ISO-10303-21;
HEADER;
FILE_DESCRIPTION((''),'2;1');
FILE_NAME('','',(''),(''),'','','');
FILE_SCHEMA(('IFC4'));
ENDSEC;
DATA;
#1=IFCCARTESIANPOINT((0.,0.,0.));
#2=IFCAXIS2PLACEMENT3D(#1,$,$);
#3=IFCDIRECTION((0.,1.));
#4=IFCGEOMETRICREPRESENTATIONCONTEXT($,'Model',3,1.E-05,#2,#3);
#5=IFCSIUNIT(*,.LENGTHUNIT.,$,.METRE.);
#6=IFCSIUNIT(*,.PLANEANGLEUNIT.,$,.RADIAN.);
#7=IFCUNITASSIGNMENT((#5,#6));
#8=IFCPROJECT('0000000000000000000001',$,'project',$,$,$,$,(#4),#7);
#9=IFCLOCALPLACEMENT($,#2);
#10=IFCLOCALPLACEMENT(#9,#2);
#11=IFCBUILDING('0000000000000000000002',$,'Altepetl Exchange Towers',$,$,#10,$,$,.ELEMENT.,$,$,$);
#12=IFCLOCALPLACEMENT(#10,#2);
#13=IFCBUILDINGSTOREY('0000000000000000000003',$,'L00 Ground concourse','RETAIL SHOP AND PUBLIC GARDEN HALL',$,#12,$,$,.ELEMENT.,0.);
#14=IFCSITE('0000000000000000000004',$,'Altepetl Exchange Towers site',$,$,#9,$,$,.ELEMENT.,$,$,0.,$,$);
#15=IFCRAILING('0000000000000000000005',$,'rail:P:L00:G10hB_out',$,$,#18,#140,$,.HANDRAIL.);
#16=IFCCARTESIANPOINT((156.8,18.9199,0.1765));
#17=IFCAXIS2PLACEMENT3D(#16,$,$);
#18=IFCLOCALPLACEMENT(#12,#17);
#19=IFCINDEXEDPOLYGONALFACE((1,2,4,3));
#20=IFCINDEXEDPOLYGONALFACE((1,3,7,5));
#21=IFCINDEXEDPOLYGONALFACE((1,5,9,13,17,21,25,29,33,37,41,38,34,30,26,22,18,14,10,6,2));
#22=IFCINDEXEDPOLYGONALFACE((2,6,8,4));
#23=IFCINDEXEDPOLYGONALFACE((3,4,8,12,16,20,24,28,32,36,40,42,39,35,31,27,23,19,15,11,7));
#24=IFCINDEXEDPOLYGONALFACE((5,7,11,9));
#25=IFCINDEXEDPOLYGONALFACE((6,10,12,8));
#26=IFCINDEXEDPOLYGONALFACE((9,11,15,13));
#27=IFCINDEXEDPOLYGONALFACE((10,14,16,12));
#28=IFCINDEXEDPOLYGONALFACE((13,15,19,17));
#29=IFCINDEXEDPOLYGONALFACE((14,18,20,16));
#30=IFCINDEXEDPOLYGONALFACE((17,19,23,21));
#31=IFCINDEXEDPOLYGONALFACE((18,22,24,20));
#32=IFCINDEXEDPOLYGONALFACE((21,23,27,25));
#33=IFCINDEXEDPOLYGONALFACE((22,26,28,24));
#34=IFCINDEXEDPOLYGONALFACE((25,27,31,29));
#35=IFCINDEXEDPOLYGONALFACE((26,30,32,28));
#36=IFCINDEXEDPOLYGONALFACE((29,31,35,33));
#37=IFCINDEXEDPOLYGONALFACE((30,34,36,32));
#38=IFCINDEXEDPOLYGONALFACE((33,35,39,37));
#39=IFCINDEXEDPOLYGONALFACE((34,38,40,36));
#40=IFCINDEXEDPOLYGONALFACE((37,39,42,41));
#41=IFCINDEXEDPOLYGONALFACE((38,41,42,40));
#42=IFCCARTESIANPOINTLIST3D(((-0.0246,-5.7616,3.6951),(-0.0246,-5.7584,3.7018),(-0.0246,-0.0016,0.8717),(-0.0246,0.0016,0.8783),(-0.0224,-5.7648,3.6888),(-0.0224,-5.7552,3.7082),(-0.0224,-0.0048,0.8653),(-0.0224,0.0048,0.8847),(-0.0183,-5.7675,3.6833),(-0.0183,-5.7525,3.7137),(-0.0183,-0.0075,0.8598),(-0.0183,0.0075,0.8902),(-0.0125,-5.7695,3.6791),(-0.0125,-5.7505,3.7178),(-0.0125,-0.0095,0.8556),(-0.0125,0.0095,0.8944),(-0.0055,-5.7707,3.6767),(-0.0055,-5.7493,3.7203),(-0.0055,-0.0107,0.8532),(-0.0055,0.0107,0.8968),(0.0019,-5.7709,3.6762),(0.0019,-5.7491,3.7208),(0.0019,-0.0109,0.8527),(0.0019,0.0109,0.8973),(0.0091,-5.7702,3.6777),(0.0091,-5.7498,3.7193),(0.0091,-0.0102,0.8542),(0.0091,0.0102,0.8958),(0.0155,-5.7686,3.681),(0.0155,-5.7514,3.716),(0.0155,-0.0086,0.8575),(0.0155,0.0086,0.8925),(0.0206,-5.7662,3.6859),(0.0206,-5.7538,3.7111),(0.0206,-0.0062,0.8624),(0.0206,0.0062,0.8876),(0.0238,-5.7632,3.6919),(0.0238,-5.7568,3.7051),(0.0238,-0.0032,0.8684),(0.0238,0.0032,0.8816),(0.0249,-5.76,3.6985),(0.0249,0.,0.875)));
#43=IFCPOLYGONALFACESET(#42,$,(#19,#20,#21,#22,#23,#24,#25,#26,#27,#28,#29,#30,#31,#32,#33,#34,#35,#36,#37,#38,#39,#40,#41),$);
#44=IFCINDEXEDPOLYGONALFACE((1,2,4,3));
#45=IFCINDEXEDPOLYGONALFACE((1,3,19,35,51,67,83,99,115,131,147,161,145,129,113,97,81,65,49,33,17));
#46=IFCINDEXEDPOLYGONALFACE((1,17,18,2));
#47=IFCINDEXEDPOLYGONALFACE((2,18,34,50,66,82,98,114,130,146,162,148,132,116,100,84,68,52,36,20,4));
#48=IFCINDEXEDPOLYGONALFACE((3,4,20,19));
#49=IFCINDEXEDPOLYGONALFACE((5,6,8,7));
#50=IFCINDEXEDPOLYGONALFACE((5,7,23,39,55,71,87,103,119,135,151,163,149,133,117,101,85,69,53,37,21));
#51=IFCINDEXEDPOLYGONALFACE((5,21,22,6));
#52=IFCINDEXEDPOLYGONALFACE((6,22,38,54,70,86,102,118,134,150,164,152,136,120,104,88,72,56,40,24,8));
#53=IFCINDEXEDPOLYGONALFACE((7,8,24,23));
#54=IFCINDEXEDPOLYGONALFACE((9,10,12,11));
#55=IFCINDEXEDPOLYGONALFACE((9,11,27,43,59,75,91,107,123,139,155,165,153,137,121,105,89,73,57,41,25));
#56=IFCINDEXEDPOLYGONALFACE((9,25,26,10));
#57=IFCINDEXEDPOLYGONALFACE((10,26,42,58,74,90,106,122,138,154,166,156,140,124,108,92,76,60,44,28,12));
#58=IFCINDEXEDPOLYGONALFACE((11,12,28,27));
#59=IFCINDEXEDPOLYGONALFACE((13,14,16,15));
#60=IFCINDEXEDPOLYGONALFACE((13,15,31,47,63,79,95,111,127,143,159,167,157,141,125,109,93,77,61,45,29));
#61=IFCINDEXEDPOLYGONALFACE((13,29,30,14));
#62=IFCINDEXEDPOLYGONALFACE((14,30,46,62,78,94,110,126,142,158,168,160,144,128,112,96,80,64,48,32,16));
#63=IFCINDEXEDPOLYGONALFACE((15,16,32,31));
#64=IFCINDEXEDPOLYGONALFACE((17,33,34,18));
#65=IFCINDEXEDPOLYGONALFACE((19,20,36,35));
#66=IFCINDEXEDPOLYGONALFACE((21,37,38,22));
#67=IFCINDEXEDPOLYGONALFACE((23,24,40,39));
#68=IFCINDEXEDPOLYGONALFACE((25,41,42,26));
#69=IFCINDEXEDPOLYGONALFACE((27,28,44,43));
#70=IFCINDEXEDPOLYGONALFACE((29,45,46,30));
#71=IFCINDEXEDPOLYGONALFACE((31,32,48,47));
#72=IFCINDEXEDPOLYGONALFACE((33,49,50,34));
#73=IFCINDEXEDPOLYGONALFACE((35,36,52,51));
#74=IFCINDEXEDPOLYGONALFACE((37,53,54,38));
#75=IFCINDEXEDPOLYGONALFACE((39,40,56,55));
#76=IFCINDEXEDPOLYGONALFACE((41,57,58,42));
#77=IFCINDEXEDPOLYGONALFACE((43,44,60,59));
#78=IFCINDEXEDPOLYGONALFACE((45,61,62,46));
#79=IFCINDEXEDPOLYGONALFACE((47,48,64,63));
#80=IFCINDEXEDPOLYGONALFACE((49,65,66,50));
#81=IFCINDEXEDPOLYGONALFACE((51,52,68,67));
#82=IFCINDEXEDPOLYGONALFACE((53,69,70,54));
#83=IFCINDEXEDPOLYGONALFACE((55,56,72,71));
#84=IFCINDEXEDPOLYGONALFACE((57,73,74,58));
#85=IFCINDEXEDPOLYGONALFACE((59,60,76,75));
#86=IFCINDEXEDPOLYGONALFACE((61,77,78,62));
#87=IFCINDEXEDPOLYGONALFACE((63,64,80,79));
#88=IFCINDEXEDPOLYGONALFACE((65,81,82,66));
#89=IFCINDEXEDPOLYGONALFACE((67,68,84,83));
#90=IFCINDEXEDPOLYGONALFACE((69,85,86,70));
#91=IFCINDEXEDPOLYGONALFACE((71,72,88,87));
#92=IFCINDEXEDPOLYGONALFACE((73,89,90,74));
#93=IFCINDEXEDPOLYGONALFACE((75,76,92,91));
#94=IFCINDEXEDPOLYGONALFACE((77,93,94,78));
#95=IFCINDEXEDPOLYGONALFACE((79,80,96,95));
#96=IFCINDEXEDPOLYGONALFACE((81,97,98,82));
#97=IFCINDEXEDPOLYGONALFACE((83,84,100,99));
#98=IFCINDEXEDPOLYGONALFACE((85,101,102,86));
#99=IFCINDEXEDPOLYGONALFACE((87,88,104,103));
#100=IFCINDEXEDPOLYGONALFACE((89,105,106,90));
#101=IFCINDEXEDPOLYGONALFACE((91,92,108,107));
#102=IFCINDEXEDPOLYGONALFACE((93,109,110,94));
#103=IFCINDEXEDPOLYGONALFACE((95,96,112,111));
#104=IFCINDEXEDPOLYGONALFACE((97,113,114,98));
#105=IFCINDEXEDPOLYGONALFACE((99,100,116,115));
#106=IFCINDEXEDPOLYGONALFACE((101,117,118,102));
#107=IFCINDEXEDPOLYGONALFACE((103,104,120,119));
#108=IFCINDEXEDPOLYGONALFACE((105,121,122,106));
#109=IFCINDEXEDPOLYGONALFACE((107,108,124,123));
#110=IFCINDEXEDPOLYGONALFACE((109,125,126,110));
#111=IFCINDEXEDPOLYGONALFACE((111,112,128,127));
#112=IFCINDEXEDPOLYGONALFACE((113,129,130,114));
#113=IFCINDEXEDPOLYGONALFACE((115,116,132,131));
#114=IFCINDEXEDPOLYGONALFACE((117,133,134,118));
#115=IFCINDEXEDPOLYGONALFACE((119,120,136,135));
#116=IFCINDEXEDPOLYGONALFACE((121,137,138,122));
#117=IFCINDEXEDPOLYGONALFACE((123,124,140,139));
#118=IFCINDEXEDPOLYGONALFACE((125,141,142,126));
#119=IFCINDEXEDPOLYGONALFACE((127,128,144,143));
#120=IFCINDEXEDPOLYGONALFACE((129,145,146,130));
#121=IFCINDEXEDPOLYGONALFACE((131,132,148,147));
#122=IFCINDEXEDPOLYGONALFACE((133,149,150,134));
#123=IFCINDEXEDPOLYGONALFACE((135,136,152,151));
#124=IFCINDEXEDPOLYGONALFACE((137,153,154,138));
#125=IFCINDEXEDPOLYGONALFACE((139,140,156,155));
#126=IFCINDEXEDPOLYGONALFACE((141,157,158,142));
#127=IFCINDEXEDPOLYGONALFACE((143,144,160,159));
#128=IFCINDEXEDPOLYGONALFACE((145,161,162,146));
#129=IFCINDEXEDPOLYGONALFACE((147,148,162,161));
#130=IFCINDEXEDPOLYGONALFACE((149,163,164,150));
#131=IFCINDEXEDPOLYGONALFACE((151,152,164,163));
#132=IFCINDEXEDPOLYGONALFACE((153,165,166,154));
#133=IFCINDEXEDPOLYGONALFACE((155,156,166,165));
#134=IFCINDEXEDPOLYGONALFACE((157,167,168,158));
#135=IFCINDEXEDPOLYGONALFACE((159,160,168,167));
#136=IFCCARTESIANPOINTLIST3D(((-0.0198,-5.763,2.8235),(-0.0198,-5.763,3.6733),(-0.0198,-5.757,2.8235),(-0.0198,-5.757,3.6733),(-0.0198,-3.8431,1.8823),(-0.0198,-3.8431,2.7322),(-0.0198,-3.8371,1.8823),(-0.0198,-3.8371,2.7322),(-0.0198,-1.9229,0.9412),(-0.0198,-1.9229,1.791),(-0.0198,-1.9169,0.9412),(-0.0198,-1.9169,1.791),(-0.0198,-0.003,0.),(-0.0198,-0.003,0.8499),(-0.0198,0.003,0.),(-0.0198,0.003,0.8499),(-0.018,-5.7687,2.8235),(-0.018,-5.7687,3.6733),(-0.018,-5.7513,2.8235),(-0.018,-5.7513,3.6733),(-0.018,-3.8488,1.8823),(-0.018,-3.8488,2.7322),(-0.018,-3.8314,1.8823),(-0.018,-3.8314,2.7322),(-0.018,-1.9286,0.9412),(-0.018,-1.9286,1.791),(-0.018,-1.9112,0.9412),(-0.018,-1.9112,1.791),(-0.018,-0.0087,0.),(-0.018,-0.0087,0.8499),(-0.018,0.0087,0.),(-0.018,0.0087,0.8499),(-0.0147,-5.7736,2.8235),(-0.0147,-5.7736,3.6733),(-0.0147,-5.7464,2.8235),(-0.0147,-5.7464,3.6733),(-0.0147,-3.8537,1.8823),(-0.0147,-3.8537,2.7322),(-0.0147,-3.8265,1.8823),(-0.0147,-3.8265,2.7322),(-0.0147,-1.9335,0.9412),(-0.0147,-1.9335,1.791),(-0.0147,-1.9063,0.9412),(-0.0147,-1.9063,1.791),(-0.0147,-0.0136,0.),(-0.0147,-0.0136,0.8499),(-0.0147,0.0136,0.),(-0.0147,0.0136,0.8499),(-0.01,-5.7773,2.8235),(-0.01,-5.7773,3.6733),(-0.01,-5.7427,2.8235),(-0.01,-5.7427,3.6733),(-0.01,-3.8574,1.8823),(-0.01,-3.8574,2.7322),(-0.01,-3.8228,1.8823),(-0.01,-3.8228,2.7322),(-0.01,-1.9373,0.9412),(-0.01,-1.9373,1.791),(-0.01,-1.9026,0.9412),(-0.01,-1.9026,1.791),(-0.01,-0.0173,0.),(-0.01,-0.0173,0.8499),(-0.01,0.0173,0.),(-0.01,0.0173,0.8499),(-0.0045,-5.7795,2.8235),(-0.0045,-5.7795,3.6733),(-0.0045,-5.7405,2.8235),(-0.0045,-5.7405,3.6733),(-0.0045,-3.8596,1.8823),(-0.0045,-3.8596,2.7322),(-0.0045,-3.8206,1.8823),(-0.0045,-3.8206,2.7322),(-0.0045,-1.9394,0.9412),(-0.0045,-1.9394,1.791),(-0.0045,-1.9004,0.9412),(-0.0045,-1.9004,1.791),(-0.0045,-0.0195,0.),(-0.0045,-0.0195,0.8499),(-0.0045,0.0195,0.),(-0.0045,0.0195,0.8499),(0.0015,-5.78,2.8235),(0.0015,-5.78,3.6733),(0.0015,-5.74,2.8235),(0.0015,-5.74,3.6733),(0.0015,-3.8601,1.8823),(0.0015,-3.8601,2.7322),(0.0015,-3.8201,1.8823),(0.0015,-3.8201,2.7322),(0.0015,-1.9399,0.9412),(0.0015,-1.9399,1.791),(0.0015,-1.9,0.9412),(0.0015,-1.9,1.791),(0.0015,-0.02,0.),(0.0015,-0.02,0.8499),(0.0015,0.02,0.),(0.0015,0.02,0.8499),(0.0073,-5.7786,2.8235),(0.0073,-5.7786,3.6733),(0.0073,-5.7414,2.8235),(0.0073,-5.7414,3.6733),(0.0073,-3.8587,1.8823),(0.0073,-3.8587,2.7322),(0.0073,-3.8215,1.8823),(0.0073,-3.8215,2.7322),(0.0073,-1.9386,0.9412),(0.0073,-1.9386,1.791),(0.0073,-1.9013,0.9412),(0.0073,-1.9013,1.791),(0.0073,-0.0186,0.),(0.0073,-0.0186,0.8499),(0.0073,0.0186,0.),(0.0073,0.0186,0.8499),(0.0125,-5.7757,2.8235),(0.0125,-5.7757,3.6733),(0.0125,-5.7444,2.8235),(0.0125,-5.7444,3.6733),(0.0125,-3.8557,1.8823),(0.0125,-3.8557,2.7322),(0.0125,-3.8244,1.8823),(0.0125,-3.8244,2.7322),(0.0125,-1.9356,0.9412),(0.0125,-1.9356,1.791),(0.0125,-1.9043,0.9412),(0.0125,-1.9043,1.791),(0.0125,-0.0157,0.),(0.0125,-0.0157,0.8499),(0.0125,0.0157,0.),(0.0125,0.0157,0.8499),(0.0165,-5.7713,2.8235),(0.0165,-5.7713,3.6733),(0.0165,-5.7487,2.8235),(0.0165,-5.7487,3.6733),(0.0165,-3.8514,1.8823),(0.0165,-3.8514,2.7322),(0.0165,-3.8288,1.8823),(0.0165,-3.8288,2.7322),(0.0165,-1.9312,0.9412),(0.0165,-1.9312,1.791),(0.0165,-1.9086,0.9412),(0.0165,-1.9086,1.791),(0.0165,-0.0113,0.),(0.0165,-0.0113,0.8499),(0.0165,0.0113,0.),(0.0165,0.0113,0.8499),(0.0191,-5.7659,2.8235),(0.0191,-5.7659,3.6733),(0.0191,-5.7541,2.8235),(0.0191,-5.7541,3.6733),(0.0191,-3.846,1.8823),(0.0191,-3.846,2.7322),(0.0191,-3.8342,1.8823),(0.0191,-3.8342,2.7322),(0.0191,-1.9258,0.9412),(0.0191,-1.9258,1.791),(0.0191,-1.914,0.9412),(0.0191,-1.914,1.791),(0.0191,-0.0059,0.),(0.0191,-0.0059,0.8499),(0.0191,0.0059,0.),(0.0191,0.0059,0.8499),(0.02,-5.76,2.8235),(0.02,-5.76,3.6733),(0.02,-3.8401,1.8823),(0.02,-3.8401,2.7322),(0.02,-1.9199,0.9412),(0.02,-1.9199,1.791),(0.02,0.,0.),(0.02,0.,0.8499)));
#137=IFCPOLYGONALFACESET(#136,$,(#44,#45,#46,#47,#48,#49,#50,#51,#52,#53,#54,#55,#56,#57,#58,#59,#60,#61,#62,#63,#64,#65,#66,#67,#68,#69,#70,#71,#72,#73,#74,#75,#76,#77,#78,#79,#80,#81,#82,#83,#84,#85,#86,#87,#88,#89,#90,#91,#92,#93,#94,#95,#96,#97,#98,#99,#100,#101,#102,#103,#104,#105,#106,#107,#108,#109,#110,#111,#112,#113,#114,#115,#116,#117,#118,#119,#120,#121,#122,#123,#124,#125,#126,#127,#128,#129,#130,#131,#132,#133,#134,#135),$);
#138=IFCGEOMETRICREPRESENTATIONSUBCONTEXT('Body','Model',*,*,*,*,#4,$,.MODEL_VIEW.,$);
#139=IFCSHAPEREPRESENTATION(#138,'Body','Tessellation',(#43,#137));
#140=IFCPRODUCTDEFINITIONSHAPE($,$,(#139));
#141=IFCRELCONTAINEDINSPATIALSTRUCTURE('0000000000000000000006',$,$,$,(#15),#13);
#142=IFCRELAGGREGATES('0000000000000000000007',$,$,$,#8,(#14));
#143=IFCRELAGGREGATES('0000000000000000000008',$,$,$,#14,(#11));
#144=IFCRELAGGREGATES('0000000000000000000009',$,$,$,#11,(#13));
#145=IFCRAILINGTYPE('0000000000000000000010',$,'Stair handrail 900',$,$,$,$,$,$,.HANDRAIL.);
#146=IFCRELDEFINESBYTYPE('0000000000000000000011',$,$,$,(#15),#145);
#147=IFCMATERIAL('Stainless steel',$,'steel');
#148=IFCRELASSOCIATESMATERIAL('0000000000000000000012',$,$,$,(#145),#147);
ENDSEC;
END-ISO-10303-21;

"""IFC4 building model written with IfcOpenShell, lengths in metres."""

from ifc_helpers import new_model, si_unit, direction, frame, origin, origin_2d, place, context, subcontext, project, spatial, circle, extrude, source, transform, mapped, material, type_object, element, save


model = new_model("IFC4")

# Units and contexts
model_context = context("Model", 3, precision=1e-05, world=origin(), true_north=direction((0.0, 1.0)))
body_context = subcontext(model_context, "Body", "Model", "MODEL_VIEW")
ifc_project = project(units=[si_unit("LENGTHUNIT", "METRE"), si_unit("PLANEANGLEUNIT", "RADIAN")], contexts=[model_context])

# Site, building, storey
site_placement = place(None, origin())
site = spatial("IfcSite", under=ifc_project, at=site_placement, Name="Altepetl Exchange Towers site", CompositionType="ELEMENT", RefElevation=0.0)
building_placement = place(site_placement, origin())
building = spatial("IfcBuilding", under=site, at=building_placement, Name="Altepetl Exchange Towers", CompositionType="ELEMENT")
storey_placement = place(building_placement, origin())
storey = spatial("IfcBuildingStorey", under=building, at=storey_placement, Name="L00 Ground concourse", Description="RETAIL SHOP AND PUBLIC GARDEN HALL", CompositionType="ELEMENT", Elevation=0.0)

# Railing
ifc_material_1 = material(Name="Stainless steel", Category="steel")
railing_type_1 = type_object("IfcRailingType", Name="Stair handrail 900", PredefinedType="HANDRAIL", material=ifc_material_1)
shared_shape_1 = source(origin(), body_context, "Body", "SweptSolid", [
    extrude(circle(Radius=0.02, at=origin_2d()), origin(), (0.0, 0.0, 1.0), 0.8499),
])
for number, where, name in (
    (1, (156.8, 18.9199, 0.1765), "rail:P:L00:G10hB_out"),
):
    element("IfcRailing", number, at=place(storey_placement, frame(where)), inside=storey, type_object=railing_type_1, Name=name, PredefinedType="HANDRAIL", context=body_context, shape_type="SweptSolid", body=[
        extrude(circle(Radius=0.0249, at=origin_2d()), frame((0.0, 0.0, 0.875), z_axis=(0.0, -0.897924, 0.440151), x_axis=(1.0, 0.0, 0.0)), (0.0, 0.0, 1.0), 6.4148),
        mapped(shared_shape_1, transform((0.0, 0.0, 0.0))),
        mapped(shared_shape_1, transform((0.0, -1.9199, 0.9412))),
        mapped(shared_shape_1, transform((0.0, -3.8401, 1.8823))),
        mapped(shared_shape_1, transform((0.0, -5.76, 2.8235))),
    ])

save(model, "model.ifc")
